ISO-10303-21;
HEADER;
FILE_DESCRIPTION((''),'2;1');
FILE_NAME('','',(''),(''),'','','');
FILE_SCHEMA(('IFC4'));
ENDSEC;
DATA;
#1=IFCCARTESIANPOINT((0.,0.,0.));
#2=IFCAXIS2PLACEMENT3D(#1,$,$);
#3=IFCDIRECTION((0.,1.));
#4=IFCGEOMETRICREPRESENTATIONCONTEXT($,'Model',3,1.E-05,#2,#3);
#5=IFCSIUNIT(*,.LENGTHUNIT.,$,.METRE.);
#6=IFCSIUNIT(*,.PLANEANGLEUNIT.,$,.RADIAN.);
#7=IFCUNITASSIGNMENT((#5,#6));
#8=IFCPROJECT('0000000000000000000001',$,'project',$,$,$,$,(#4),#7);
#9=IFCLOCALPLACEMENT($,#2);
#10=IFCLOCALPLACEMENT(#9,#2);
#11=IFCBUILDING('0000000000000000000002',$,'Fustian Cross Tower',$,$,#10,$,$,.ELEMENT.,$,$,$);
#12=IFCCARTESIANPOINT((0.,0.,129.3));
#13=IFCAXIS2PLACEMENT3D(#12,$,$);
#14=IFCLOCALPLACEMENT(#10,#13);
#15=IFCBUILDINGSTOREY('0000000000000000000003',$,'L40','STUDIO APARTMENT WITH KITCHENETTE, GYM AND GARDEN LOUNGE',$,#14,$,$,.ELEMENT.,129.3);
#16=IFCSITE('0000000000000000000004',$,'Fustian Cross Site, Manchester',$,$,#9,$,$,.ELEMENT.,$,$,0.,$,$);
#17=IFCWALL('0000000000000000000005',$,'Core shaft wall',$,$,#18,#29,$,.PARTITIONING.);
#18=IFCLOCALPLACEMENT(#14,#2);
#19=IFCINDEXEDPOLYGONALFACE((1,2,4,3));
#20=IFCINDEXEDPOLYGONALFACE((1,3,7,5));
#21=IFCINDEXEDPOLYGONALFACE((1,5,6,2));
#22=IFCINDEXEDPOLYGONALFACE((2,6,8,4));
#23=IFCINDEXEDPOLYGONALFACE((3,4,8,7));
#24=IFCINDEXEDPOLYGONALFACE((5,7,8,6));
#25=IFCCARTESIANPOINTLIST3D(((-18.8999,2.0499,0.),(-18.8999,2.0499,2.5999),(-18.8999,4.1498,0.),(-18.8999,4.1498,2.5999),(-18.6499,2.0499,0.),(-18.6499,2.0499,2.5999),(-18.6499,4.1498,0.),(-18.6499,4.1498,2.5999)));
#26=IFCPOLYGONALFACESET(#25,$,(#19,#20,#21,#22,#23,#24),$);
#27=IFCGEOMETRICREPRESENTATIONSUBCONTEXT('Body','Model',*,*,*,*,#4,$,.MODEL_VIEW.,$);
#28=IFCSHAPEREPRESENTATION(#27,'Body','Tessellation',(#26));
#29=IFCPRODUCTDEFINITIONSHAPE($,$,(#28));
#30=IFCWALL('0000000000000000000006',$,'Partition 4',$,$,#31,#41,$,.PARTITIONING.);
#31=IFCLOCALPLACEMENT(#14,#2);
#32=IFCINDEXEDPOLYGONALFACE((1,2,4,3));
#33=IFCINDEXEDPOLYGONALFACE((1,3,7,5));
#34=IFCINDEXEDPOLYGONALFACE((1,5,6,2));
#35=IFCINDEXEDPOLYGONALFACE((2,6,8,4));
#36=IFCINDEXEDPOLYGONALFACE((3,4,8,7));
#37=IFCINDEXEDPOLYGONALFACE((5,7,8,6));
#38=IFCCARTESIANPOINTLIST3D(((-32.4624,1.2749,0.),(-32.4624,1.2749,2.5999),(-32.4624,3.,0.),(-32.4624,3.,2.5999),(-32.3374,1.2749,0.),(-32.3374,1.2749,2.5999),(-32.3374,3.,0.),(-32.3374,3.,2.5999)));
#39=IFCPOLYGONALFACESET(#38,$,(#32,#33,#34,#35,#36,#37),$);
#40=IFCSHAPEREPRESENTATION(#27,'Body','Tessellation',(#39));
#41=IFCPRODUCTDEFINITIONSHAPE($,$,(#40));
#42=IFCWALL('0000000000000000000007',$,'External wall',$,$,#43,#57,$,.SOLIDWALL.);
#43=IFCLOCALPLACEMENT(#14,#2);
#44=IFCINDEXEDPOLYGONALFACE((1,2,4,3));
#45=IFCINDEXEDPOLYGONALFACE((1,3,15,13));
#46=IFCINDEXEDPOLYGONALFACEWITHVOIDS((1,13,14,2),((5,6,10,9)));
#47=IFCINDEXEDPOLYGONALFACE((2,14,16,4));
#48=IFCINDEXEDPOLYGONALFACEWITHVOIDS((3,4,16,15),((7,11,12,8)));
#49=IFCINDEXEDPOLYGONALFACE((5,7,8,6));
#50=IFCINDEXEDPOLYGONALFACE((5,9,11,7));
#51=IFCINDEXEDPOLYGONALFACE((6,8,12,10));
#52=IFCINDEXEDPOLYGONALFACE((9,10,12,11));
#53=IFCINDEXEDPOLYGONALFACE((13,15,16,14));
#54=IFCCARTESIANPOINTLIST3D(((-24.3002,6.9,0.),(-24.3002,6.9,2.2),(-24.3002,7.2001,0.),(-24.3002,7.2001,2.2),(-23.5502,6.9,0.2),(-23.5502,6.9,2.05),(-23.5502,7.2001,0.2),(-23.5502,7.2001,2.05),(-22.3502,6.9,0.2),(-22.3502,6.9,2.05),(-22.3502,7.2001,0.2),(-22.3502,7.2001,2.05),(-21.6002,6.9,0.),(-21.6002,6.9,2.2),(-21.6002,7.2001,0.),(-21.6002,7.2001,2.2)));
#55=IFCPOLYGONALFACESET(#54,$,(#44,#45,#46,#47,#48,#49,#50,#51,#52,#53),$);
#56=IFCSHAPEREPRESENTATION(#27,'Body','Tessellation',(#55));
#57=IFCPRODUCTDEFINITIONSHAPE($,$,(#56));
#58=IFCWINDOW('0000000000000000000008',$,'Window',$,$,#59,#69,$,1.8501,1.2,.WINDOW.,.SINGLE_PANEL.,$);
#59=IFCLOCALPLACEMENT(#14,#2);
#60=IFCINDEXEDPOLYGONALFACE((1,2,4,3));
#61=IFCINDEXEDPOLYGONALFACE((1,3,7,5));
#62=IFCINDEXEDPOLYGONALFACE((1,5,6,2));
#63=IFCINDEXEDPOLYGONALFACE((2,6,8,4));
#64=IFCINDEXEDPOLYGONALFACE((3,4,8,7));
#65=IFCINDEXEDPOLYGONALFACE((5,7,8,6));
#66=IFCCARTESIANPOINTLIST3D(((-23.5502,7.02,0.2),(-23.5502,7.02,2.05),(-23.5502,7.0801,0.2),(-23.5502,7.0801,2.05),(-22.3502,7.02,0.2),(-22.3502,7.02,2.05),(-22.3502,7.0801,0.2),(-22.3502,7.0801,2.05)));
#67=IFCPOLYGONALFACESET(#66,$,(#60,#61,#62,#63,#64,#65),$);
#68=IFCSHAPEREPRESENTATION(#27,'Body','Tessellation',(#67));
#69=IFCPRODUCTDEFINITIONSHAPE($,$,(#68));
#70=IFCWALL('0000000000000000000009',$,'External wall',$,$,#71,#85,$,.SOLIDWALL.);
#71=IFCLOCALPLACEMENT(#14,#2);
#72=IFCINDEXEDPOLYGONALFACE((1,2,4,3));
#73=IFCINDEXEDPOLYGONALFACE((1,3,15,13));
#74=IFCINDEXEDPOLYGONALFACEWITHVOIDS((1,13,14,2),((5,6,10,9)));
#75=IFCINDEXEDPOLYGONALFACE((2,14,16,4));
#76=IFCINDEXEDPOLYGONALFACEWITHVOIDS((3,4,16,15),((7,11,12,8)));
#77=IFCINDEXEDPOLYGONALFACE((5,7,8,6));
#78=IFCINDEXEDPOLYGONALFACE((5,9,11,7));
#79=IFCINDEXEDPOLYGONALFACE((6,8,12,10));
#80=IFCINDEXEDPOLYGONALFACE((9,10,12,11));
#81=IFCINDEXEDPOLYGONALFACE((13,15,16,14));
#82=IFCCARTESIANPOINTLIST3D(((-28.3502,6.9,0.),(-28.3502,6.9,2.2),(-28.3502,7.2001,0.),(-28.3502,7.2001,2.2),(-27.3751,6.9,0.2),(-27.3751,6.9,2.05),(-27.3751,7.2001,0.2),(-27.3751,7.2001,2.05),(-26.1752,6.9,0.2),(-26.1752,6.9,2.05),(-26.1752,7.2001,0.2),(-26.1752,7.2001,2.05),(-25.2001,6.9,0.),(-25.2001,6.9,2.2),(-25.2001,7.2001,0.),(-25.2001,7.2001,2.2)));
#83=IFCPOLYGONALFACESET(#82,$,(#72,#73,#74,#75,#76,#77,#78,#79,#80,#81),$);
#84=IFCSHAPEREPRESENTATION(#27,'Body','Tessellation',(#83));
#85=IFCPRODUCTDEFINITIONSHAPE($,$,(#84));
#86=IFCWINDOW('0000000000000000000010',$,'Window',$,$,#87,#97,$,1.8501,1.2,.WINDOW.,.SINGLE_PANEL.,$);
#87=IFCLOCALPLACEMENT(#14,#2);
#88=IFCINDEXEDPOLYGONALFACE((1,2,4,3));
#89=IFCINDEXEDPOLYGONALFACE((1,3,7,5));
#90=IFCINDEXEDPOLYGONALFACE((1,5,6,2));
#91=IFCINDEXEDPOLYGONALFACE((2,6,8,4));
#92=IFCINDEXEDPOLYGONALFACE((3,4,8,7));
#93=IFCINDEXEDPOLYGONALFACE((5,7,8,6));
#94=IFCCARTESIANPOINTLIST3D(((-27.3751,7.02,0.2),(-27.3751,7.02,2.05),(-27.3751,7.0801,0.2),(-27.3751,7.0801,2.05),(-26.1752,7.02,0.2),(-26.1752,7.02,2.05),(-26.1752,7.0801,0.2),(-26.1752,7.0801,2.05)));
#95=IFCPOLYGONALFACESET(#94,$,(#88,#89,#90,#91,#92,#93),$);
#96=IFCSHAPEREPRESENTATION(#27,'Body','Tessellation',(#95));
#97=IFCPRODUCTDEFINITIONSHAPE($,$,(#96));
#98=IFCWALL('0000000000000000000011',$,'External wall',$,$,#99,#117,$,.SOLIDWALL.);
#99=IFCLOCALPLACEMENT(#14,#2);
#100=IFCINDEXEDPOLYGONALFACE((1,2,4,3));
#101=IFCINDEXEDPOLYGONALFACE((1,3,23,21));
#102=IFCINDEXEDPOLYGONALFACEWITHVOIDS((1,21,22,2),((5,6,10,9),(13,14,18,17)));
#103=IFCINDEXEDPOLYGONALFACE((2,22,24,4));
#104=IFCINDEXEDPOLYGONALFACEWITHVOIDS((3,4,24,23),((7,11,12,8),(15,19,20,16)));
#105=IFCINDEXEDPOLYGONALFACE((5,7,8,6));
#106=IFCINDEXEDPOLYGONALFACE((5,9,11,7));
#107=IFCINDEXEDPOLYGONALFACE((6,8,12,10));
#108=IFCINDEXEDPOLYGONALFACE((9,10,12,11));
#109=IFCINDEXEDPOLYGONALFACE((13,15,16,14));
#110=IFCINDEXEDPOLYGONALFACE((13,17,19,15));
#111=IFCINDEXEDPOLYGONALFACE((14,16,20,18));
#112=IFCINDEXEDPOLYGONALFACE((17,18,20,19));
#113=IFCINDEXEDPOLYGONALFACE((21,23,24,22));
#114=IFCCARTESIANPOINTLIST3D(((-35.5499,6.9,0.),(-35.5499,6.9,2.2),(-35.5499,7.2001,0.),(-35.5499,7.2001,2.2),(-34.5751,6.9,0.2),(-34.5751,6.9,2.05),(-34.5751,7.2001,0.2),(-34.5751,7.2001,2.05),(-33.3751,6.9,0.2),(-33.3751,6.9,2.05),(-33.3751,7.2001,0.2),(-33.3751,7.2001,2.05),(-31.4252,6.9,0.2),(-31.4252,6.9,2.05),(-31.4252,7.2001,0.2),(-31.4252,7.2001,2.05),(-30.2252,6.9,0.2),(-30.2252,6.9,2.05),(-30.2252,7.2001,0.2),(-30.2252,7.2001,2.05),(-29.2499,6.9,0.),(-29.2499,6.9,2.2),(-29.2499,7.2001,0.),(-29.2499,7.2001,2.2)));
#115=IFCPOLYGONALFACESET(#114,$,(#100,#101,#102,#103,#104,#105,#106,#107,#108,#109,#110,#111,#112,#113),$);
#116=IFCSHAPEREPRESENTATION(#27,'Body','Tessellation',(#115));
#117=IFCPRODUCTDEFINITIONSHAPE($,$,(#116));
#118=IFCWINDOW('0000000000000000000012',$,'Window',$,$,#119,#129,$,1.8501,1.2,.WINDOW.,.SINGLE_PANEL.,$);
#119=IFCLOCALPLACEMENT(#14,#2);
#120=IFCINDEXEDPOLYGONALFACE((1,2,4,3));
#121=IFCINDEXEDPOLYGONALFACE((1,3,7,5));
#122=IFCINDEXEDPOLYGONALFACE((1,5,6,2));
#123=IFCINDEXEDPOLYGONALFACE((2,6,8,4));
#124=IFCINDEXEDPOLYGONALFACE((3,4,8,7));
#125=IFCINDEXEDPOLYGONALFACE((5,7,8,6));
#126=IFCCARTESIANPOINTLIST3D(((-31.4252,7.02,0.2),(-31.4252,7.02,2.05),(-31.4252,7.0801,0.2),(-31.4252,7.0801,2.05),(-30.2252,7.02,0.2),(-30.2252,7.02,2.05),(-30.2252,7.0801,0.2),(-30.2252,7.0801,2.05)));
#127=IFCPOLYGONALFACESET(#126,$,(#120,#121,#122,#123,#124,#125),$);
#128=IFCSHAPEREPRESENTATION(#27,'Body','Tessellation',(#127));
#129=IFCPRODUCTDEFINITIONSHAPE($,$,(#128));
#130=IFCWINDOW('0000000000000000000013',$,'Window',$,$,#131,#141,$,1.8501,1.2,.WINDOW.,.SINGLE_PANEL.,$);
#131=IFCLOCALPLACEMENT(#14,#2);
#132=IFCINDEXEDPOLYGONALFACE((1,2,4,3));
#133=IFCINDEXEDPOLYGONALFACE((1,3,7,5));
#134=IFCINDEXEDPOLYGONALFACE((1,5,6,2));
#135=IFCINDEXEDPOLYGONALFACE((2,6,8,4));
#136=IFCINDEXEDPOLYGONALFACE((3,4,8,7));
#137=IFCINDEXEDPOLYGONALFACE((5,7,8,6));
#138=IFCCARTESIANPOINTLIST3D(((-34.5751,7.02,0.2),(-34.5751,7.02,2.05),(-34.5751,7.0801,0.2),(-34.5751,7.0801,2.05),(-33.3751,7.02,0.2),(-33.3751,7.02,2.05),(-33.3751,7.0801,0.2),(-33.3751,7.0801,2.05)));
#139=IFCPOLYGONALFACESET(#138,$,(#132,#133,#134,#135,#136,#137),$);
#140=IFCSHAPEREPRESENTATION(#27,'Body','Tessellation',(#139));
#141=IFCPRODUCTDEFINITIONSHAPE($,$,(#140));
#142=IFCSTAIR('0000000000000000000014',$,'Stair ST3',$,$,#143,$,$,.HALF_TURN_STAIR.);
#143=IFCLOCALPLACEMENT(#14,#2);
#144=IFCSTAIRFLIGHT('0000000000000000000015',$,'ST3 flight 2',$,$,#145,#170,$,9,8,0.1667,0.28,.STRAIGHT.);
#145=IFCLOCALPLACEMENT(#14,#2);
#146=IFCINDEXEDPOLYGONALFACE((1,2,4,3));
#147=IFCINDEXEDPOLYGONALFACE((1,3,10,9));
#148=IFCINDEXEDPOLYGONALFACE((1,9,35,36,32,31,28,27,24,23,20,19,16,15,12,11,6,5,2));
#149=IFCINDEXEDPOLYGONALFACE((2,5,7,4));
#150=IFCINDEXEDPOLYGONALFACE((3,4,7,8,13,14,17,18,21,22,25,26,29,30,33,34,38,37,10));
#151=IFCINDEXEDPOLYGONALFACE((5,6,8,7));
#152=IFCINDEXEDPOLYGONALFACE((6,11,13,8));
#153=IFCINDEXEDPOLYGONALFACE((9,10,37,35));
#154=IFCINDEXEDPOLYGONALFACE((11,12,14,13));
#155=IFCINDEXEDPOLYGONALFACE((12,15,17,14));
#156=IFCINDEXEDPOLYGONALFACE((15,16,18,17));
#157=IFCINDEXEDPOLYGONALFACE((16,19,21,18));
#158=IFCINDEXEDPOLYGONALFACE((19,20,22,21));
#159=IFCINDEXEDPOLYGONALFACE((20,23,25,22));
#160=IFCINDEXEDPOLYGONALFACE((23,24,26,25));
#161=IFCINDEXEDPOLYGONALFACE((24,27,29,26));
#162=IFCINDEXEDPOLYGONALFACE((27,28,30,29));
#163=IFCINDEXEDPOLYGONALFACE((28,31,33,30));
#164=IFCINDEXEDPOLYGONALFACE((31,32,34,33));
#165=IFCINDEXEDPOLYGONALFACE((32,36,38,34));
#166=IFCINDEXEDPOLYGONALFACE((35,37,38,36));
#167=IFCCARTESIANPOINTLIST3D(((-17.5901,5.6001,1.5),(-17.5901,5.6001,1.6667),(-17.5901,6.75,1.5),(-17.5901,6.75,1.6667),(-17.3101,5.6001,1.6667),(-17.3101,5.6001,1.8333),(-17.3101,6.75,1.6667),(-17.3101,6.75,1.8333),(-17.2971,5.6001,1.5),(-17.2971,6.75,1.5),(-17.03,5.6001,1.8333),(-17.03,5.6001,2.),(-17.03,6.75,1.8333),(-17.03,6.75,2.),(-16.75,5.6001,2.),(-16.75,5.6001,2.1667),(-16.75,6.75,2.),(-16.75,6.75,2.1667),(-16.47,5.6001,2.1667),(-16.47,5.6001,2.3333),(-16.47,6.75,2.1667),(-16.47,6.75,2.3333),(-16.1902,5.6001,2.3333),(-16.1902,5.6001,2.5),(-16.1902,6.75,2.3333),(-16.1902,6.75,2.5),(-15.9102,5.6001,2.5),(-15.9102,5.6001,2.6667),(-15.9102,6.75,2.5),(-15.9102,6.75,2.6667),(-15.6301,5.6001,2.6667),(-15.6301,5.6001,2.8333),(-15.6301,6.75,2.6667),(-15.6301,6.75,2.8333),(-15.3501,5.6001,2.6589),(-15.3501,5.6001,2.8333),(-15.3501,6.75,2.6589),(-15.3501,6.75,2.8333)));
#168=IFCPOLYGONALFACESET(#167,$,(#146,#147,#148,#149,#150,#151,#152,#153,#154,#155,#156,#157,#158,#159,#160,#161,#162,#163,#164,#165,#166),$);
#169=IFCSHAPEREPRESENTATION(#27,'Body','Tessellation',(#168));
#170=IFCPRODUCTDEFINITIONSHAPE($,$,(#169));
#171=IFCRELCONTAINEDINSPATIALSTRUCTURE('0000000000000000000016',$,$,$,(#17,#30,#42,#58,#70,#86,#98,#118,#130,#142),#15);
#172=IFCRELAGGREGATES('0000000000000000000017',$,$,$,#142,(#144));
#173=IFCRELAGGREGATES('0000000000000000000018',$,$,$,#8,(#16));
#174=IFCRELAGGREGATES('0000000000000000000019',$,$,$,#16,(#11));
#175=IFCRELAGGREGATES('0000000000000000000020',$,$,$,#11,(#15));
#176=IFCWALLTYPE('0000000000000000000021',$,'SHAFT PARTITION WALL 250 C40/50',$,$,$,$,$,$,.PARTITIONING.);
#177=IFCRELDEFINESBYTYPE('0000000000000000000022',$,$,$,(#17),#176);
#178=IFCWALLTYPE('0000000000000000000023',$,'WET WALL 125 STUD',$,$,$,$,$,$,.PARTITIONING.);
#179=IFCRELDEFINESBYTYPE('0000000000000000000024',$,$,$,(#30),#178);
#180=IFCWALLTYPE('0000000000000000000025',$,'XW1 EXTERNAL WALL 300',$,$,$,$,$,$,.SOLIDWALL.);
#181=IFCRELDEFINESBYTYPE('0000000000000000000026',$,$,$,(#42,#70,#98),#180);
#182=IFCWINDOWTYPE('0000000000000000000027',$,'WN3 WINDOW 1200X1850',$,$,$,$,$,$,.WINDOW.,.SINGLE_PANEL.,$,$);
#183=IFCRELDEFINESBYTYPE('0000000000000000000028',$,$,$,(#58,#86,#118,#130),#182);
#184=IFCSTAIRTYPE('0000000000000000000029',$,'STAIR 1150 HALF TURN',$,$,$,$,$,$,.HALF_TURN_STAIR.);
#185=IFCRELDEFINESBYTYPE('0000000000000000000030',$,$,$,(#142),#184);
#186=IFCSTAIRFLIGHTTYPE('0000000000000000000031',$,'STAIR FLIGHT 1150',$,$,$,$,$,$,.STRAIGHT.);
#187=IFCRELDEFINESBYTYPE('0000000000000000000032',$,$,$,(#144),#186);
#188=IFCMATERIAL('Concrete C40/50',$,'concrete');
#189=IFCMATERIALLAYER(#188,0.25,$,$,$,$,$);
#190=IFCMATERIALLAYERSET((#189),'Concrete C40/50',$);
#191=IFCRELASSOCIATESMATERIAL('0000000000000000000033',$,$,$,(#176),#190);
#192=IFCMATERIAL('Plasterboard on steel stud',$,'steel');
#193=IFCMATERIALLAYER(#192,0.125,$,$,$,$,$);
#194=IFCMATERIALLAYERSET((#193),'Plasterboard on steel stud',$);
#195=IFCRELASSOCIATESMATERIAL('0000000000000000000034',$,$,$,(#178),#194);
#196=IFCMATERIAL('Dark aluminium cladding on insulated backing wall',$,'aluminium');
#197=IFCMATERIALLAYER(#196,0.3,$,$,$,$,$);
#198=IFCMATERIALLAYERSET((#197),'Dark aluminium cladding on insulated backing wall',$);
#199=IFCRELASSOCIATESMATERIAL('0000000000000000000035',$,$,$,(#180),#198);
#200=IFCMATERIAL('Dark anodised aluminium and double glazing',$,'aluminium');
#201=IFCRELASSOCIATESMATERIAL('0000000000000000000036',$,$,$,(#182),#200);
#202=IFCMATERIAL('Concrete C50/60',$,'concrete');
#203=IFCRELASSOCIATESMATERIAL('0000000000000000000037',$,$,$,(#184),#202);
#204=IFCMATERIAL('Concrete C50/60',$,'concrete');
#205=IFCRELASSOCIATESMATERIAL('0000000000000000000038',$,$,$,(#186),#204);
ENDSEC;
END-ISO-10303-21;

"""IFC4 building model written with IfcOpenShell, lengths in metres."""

from ifc_helpers import new_model, si_unit, direction, frame, frame_2d, origin, place, context, subcontext, project, spatial, polyline, rectangle, outline, extrude, material, layer, layer_set, type_object, element, fill, aggregate, save


model = new_model("IFC4")

# Units and contexts
model_context = context("Model", 3, precision=1e-05, world=origin(), true_north=direction((0.0, 1.0)))
body_context = subcontext(model_context, "Body", "Model", "MODEL_VIEW")
ifc_project = project(units=[si_unit("LENGTHUNIT", "METRE"), si_unit("PLANEANGLEUNIT", "RADIAN")], contexts=[model_context])

# Site, building, storey
site_placement = place(None, origin())
site = spatial("IfcSite", under=ifc_project, at=site_placement, Name="Fustian Cross Site, Manchester", CompositionType="ELEMENT", RefElevation=0.0)
building_placement = place(site_placement, origin())
building = spatial("IfcBuilding", under=site, at=building_placement, Name="Fustian Cross Tower", CompositionType="ELEMENT")
storey_placement = place(building_placement, frame((0.0, 0.0, 129.3)))
storey = spatial("IfcBuildingStorey", under=building, at=storey_placement, Name="L40", Description="STUDIO APARTMENT WITH KITCHENETTE, GYM AND GARDEN LOUNGE", CompositionType="ELEMENT", Elevation=129.3)

# Walls
ifc_material_1 = material(Name="Concrete C40/50", Category="concrete")
ifc_layer_1 = layer(ifc_material_1, 0.25)
ifc_layer_set_1 = layer_set([ifc_layer_1], Name="Concrete C40/50")
wall_type_1 = type_object("IfcWallType", Name="SHAFT PARTITION WALL 250 C40/50", PredefinedType="PARTITIONING", material=ifc_layer_set_1)
wall_1_placement = place(storey_placement, frame((-18.7749, 2.05, 0.0), z_axis=(0.0, 0.0, 1.0), x_axis=(0.0, 1.0, 0.0)))
element("IfcWall", 1, at=wall_1_placement, inside=storey, type_object=wall_type_1, Name="Core shaft wall", PredefinedType="PARTITIONING", context=body_context, shape_type="SweptSolid", body=[
    extrude(rectangle(XDim=2.0999, YDim=0.25, at=frame_2d((1.0498, 0.0))), origin(), (0.0, 0.0, 1.0), 2.5999),
])
ifc_material_2 = material(Name="Plasterboard on steel stud", Category="steel")
ifc_layer_2 = layer(ifc_material_2, 0.125)
ifc_layer_set_2 = layer_set([ifc_layer_2], Name="Plasterboard on steel stud")
wall_type_2 = type_object("IfcWallType", Name="WET WALL 125 STUD", PredefinedType="PARTITIONING", material=ifc_layer_set_2)
wall_2_placement = place(storey_placement, frame((-32.3999, 1.2749, 0.0), z_axis=(0.0, 0.0, 1.0), x_axis=(0.0, 1.0, 0.0)))
element("IfcWall", 2, at=wall_2_placement, inside=storey, type_object=wall_type_2, Name="Partition 4", PredefinedType="PARTITIONING", context=body_context, shape_type="SweptSolid", body=[
    extrude(rectangle(XDim=1.7251, YDim=0.125, at=frame_2d((0.8625, 0.0))), origin(), (0.0, 0.0, 1.0), 2.5999),
])

# Walls, openings, windows
ifc_material_3 = material(Name="Dark aluminium cladding on insulated backing wall", Category="aluminium")
ifc_layer_3 = layer(ifc_material_3, 0.3)
ifc_layer_set_3 = layer_set([ifc_layer_3], Name="Dark aluminium cladding on insulated backing wall")
wall_type_3 = type_object("IfcWallType", Name="XW1 EXTERNAL WALL 300", PredefinedType="SOLIDWALL", material=ifc_layer_set_3)
wall_3_placement = place(storey_placement, frame((-21.6001, 7.05, 0.0), z_axis=(0.0, 0.0, 1.0), x_axis=(-1.0, 0.0, 0.0)))
wall_3 = element("IfcWall", 3, at=wall_3_placement, inside=storey, type_object=wall_type_3, Name="External wall", PredefinedType="SOLIDWALL", context=body_context, shape_type="SweptSolid", body=[
    extrude(rectangle(XDim=2.7, YDim=0.3, at=frame_2d((1.3501, 0.0))), origin(), (0.0, 0.0, 1.0), 2.2),
])
opening_1_placement = place(wall_3_placement, frame((0.75, 0.0, 0.2)))
opening_1 = element("IfcOpeningElement", 4, at=opening_1_placement, cuts=wall_3, PredefinedType="OPENING", context=body_context, shape_type="SweptSolid", body=[
    extrude(rectangle(XDim=1.2, YDim=1.8501, at=frame_2d((0.6001, 0.925))), frame((0.0, 0.1599, 0.0), z_axis=(0.0, -1.0, 0.0), x_axis=(1.0, 0.0, 0.0)), (0.0, 0.0, 1.0), 0.3201),
])
ifc_material_4 = material(Name="Dark anodised aluminium and double glazing", Category="aluminium")
window_type = type_object("IfcWindowType", Name="WN3 WINDOW 1200X1850", PartitioningType="SINGLE_PANEL", PredefinedType="WINDOW", material=ifc_material_4)
window_1_placement = place(opening_1_placement, origin())
window_1 = element("IfcWindow", 5, at=window_1_placement, inside=storey, type_object=window_type, Name="Window", OverallHeight=1.8501, OverallWidth=1.2, PartitioningType="SINGLE_PANEL", PredefinedType="WINDOW", context=body_context, shape_type="SweptSolid", body=[
    extrude(rectangle(XDim=1.2, YDim=1.8501, at=frame_2d((0.6001, 0.925))), frame((0.0, 0.03, 0.0), z_axis=(0.0, -1.0, 0.0), x_axis=(1.0, 0.0, 0.0)), (0.0, 0.0, 1.0), 0.0601),
])
fill(opening_1, window_1)
wall_4_placement = place(storey_placement, frame((-25.2, 7.05, 0.0), z_axis=(0.0, 0.0, 1.0), x_axis=(-1.0, 0.0, 0.0)))
wall_4 = element("IfcWall", 6, at=wall_4_placement, inside=storey, type_object=wall_type_3, Name="External wall", PredefinedType="SOLIDWALL", context=body_context, shape_type="SweptSolid", body=[
    extrude(rectangle(XDim=3.1501, YDim=0.3, at=frame_2d((1.5752, 0.0))), origin(), (0.0, 0.0, 1.0), 2.2),
])
opening_2_placement = place(wall_4_placement, frame((0.9751, 0.0, 0.2)))
opening_2 = element("IfcOpeningElement", 7, at=opening_2_placement, cuts=wall_4, PredefinedType="OPENING", context=body_context, shape_type="SweptSolid", body=[
    extrude(rectangle(XDim=1.2, YDim=1.8501, at=frame_2d((0.6001, 0.925))), frame((0.0, 0.1599, 0.0), z_axis=(0.0, -1.0, 0.0), x_axis=(1.0, 0.0, 0.0)), (0.0, 0.0, 1.0), 0.3201),
])
window_2_placement = place(opening_2_placement, origin())
window_2 = element("IfcWindow", 8, at=window_2_placement, inside=storey, type_object=window_type, Name="Window", OverallHeight=1.8501, OverallWidth=1.2, PartitioningType="SINGLE_PANEL", PredefinedType="WINDOW", context=body_context, shape_type="SweptSolid", body=[
    extrude(rectangle(XDim=1.2, YDim=1.8501, at=frame_2d((0.6001, 0.925))), frame((0.0, 0.03, 0.0), z_axis=(0.0, -1.0, 0.0), x_axis=(1.0, 0.0, 0.0)), (0.0, 0.0, 1.0), 0.0601),
])
fill(opening_2, window_2)

# Wall, openings, windows
wall_5_placement = place(storey_placement, frame((-29.25, 7.05, 0.0), z_axis=(0.0, 0.0, 1.0), x_axis=(-1.0, 0.0, 0.0)))
wall_5 = element("IfcWall", 9, at=wall_5_placement, inside=storey, type_object=wall_type_3, Name="External wall", PredefinedType="SOLIDWALL", context=body_context, shape_type="SweptSolid", body=[
    extrude(rectangle(XDim=6.3, YDim=0.3, at=frame_2d((3.1499, 0.0))), origin(), (0.0, 0.0, 1.0), 2.2),
])
opening_3_placement = place(wall_5_placement, frame((0.9751, 0.0, 0.2)))
opening_3 = element("IfcOpeningElement", 10, at=opening_3_placement, cuts=wall_5, PredefinedType="OPENING", context=body_context, shape_type="SweptSolid", body=[
    extrude(rectangle(XDim=1.2, YDim=1.8501, at=frame_2d((0.6001, 0.925))), frame((0.0, 0.1599, 0.0), z_axis=(0.0, -1.0, 0.0), x_axis=(1.0, 0.0, 0.0)), (0.0, 0.0, 1.0), 0.3201),
])
opening_4_placement = place(wall_5_placement, frame((4.125, 0.0, 0.2)))
opening_4 = element("IfcOpeningElement", 11, at=opening_4_placement, cuts=wall_5, PredefinedType="OPENING", context=body_context, shape_type="SweptSolid", body=[
    extrude(rectangle(XDim=1.2, YDim=1.8501, at=frame_2d((0.6001, 0.925))), frame((0.0, 0.1599, 0.0), z_axis=(0.0, -1.0, 0.0), x_axis=(1.0, 0.0, 0.0)), (0.0, 0.0, 1.0), 0.3201),
])
window_3_placement = place(opening_3_placement, origin())
window_3 = element("IfcWindow", 12, at=window_3_placement, inside=storey, type_object=window_type, Name="Window", OverallHeight=1.8501, OverallWidth=1.2, PartitioningType="SINGLE_PANEL", PredefinedType="WINDOW", context=body_context, shape_type="SweptSolid", body=[
    extrude(rectangle(XDim=1.2, YDim=1.8501, at=frame_2d((0.6001, 0.925))), frame((0.0, 0.03, 0.0), z_axis=(0.0, -1.0, 0.0), x_axis=(1.0, 0.0, 0.0)), (0.0, 0.0, 1.0), 0.0601),
])
fill(opening_3, window_3)
window_4_placement = place(opening_4_placement, origin())
window_4 = element("IfcWindow", 13, at=window_4_placement, inside=storey, type_object=window_type, Name="Window", OverallHeight=1.8501, OverallWidth=1.2, PartitioningType="SINGLE_PANEL", PredefinedType="WINDOW", context=body_context, shape_type="SweptSolid", body=[
    extrude(rectangle(XDim=1.2, YDim=1.8501, at=frame_2d((0.6001, 0.925))), frame((0.0, 0.03, 0.0), z_axis=(0.0, -1.0, 0.0), x_axis=(1.0, 0.0, 0.0)), (0.0, 0.0, 1.0), 0.0601),
])
fill(opening_4, window_4)

# Stair, stair flight
ifc_material_5 = material(Name="Concrete C50/60", Category="concrete")
stair_type = type_object("IfcStairType", Name="STAIR 1150 HALF TURN", PredefinedType="HALF_TURN_STAIR", material=ifc_material_5)
stair_placement = place(storey_placement, origin())
stair = element("IfcStair", 14, at=stair_placement, inside=storey, type_object=stair_type, Name="Stair ST3", PredefinedType="HALF_TURN_STAIR")
ifc_material_6 = material(Name="Concrete C50/60", Category="concrete")
stair_flight_type = type_object("IfcStairFlightType", Name="STAIR FLIGHT 1150", PredefinedType="STRAIGHT", material=ifc_material_6)
stair_flight_placement = place(storey_placement, frame((-17.5901, 6.175, 1.5), z_axis=(0.0, 0.0, 1.0), x_axis=(1.0, 0.0, 0.0)))
stair_flight = element("IfcStairFlight", 15, at=stair_flight_placement, type_object=stair_flight_type, Name="ST3 flight 2", NumberOfRisers=9, NumberOfTreads=8, PredefinedType="STRAIGHT", RiserHeight=0.1667, TreadLength=0.28, context=body_context, shape_type="SweptSolid", body=[
    extrude(outline(polyline([(0.0, 0.0), (0.0, 0.1667), (0.28, 0.1667), (0.28, 0.3333), (0.5601, 0.3333), (0.5601, 0.5), (0.8401, 0.5), (0.8401, 0.6667), (1.1201, 0.6667), (1.1201, 0.8333), (1.3999, 0.8333), (1.3999, 1.0), (1.6799, 1.0), (1.6799, 1.1667), (1.96, 1.1667), (1.96, 1.3333), (2.24, 1.3333), (2.24, 1.5), (2.24, 1.1589), (0.293, 0.0), (0.0, 0.0)])), frame((0.0, 0.575, 0.0), z_axis=(0.0, -1.0, 0.0), x_axis=(1.0, 0.0, 0.0)), (0.0, 0.0, 1.0), 1.1499),
])
aggregate(stair, [stair_flight])

save(model, "model.ifc")
